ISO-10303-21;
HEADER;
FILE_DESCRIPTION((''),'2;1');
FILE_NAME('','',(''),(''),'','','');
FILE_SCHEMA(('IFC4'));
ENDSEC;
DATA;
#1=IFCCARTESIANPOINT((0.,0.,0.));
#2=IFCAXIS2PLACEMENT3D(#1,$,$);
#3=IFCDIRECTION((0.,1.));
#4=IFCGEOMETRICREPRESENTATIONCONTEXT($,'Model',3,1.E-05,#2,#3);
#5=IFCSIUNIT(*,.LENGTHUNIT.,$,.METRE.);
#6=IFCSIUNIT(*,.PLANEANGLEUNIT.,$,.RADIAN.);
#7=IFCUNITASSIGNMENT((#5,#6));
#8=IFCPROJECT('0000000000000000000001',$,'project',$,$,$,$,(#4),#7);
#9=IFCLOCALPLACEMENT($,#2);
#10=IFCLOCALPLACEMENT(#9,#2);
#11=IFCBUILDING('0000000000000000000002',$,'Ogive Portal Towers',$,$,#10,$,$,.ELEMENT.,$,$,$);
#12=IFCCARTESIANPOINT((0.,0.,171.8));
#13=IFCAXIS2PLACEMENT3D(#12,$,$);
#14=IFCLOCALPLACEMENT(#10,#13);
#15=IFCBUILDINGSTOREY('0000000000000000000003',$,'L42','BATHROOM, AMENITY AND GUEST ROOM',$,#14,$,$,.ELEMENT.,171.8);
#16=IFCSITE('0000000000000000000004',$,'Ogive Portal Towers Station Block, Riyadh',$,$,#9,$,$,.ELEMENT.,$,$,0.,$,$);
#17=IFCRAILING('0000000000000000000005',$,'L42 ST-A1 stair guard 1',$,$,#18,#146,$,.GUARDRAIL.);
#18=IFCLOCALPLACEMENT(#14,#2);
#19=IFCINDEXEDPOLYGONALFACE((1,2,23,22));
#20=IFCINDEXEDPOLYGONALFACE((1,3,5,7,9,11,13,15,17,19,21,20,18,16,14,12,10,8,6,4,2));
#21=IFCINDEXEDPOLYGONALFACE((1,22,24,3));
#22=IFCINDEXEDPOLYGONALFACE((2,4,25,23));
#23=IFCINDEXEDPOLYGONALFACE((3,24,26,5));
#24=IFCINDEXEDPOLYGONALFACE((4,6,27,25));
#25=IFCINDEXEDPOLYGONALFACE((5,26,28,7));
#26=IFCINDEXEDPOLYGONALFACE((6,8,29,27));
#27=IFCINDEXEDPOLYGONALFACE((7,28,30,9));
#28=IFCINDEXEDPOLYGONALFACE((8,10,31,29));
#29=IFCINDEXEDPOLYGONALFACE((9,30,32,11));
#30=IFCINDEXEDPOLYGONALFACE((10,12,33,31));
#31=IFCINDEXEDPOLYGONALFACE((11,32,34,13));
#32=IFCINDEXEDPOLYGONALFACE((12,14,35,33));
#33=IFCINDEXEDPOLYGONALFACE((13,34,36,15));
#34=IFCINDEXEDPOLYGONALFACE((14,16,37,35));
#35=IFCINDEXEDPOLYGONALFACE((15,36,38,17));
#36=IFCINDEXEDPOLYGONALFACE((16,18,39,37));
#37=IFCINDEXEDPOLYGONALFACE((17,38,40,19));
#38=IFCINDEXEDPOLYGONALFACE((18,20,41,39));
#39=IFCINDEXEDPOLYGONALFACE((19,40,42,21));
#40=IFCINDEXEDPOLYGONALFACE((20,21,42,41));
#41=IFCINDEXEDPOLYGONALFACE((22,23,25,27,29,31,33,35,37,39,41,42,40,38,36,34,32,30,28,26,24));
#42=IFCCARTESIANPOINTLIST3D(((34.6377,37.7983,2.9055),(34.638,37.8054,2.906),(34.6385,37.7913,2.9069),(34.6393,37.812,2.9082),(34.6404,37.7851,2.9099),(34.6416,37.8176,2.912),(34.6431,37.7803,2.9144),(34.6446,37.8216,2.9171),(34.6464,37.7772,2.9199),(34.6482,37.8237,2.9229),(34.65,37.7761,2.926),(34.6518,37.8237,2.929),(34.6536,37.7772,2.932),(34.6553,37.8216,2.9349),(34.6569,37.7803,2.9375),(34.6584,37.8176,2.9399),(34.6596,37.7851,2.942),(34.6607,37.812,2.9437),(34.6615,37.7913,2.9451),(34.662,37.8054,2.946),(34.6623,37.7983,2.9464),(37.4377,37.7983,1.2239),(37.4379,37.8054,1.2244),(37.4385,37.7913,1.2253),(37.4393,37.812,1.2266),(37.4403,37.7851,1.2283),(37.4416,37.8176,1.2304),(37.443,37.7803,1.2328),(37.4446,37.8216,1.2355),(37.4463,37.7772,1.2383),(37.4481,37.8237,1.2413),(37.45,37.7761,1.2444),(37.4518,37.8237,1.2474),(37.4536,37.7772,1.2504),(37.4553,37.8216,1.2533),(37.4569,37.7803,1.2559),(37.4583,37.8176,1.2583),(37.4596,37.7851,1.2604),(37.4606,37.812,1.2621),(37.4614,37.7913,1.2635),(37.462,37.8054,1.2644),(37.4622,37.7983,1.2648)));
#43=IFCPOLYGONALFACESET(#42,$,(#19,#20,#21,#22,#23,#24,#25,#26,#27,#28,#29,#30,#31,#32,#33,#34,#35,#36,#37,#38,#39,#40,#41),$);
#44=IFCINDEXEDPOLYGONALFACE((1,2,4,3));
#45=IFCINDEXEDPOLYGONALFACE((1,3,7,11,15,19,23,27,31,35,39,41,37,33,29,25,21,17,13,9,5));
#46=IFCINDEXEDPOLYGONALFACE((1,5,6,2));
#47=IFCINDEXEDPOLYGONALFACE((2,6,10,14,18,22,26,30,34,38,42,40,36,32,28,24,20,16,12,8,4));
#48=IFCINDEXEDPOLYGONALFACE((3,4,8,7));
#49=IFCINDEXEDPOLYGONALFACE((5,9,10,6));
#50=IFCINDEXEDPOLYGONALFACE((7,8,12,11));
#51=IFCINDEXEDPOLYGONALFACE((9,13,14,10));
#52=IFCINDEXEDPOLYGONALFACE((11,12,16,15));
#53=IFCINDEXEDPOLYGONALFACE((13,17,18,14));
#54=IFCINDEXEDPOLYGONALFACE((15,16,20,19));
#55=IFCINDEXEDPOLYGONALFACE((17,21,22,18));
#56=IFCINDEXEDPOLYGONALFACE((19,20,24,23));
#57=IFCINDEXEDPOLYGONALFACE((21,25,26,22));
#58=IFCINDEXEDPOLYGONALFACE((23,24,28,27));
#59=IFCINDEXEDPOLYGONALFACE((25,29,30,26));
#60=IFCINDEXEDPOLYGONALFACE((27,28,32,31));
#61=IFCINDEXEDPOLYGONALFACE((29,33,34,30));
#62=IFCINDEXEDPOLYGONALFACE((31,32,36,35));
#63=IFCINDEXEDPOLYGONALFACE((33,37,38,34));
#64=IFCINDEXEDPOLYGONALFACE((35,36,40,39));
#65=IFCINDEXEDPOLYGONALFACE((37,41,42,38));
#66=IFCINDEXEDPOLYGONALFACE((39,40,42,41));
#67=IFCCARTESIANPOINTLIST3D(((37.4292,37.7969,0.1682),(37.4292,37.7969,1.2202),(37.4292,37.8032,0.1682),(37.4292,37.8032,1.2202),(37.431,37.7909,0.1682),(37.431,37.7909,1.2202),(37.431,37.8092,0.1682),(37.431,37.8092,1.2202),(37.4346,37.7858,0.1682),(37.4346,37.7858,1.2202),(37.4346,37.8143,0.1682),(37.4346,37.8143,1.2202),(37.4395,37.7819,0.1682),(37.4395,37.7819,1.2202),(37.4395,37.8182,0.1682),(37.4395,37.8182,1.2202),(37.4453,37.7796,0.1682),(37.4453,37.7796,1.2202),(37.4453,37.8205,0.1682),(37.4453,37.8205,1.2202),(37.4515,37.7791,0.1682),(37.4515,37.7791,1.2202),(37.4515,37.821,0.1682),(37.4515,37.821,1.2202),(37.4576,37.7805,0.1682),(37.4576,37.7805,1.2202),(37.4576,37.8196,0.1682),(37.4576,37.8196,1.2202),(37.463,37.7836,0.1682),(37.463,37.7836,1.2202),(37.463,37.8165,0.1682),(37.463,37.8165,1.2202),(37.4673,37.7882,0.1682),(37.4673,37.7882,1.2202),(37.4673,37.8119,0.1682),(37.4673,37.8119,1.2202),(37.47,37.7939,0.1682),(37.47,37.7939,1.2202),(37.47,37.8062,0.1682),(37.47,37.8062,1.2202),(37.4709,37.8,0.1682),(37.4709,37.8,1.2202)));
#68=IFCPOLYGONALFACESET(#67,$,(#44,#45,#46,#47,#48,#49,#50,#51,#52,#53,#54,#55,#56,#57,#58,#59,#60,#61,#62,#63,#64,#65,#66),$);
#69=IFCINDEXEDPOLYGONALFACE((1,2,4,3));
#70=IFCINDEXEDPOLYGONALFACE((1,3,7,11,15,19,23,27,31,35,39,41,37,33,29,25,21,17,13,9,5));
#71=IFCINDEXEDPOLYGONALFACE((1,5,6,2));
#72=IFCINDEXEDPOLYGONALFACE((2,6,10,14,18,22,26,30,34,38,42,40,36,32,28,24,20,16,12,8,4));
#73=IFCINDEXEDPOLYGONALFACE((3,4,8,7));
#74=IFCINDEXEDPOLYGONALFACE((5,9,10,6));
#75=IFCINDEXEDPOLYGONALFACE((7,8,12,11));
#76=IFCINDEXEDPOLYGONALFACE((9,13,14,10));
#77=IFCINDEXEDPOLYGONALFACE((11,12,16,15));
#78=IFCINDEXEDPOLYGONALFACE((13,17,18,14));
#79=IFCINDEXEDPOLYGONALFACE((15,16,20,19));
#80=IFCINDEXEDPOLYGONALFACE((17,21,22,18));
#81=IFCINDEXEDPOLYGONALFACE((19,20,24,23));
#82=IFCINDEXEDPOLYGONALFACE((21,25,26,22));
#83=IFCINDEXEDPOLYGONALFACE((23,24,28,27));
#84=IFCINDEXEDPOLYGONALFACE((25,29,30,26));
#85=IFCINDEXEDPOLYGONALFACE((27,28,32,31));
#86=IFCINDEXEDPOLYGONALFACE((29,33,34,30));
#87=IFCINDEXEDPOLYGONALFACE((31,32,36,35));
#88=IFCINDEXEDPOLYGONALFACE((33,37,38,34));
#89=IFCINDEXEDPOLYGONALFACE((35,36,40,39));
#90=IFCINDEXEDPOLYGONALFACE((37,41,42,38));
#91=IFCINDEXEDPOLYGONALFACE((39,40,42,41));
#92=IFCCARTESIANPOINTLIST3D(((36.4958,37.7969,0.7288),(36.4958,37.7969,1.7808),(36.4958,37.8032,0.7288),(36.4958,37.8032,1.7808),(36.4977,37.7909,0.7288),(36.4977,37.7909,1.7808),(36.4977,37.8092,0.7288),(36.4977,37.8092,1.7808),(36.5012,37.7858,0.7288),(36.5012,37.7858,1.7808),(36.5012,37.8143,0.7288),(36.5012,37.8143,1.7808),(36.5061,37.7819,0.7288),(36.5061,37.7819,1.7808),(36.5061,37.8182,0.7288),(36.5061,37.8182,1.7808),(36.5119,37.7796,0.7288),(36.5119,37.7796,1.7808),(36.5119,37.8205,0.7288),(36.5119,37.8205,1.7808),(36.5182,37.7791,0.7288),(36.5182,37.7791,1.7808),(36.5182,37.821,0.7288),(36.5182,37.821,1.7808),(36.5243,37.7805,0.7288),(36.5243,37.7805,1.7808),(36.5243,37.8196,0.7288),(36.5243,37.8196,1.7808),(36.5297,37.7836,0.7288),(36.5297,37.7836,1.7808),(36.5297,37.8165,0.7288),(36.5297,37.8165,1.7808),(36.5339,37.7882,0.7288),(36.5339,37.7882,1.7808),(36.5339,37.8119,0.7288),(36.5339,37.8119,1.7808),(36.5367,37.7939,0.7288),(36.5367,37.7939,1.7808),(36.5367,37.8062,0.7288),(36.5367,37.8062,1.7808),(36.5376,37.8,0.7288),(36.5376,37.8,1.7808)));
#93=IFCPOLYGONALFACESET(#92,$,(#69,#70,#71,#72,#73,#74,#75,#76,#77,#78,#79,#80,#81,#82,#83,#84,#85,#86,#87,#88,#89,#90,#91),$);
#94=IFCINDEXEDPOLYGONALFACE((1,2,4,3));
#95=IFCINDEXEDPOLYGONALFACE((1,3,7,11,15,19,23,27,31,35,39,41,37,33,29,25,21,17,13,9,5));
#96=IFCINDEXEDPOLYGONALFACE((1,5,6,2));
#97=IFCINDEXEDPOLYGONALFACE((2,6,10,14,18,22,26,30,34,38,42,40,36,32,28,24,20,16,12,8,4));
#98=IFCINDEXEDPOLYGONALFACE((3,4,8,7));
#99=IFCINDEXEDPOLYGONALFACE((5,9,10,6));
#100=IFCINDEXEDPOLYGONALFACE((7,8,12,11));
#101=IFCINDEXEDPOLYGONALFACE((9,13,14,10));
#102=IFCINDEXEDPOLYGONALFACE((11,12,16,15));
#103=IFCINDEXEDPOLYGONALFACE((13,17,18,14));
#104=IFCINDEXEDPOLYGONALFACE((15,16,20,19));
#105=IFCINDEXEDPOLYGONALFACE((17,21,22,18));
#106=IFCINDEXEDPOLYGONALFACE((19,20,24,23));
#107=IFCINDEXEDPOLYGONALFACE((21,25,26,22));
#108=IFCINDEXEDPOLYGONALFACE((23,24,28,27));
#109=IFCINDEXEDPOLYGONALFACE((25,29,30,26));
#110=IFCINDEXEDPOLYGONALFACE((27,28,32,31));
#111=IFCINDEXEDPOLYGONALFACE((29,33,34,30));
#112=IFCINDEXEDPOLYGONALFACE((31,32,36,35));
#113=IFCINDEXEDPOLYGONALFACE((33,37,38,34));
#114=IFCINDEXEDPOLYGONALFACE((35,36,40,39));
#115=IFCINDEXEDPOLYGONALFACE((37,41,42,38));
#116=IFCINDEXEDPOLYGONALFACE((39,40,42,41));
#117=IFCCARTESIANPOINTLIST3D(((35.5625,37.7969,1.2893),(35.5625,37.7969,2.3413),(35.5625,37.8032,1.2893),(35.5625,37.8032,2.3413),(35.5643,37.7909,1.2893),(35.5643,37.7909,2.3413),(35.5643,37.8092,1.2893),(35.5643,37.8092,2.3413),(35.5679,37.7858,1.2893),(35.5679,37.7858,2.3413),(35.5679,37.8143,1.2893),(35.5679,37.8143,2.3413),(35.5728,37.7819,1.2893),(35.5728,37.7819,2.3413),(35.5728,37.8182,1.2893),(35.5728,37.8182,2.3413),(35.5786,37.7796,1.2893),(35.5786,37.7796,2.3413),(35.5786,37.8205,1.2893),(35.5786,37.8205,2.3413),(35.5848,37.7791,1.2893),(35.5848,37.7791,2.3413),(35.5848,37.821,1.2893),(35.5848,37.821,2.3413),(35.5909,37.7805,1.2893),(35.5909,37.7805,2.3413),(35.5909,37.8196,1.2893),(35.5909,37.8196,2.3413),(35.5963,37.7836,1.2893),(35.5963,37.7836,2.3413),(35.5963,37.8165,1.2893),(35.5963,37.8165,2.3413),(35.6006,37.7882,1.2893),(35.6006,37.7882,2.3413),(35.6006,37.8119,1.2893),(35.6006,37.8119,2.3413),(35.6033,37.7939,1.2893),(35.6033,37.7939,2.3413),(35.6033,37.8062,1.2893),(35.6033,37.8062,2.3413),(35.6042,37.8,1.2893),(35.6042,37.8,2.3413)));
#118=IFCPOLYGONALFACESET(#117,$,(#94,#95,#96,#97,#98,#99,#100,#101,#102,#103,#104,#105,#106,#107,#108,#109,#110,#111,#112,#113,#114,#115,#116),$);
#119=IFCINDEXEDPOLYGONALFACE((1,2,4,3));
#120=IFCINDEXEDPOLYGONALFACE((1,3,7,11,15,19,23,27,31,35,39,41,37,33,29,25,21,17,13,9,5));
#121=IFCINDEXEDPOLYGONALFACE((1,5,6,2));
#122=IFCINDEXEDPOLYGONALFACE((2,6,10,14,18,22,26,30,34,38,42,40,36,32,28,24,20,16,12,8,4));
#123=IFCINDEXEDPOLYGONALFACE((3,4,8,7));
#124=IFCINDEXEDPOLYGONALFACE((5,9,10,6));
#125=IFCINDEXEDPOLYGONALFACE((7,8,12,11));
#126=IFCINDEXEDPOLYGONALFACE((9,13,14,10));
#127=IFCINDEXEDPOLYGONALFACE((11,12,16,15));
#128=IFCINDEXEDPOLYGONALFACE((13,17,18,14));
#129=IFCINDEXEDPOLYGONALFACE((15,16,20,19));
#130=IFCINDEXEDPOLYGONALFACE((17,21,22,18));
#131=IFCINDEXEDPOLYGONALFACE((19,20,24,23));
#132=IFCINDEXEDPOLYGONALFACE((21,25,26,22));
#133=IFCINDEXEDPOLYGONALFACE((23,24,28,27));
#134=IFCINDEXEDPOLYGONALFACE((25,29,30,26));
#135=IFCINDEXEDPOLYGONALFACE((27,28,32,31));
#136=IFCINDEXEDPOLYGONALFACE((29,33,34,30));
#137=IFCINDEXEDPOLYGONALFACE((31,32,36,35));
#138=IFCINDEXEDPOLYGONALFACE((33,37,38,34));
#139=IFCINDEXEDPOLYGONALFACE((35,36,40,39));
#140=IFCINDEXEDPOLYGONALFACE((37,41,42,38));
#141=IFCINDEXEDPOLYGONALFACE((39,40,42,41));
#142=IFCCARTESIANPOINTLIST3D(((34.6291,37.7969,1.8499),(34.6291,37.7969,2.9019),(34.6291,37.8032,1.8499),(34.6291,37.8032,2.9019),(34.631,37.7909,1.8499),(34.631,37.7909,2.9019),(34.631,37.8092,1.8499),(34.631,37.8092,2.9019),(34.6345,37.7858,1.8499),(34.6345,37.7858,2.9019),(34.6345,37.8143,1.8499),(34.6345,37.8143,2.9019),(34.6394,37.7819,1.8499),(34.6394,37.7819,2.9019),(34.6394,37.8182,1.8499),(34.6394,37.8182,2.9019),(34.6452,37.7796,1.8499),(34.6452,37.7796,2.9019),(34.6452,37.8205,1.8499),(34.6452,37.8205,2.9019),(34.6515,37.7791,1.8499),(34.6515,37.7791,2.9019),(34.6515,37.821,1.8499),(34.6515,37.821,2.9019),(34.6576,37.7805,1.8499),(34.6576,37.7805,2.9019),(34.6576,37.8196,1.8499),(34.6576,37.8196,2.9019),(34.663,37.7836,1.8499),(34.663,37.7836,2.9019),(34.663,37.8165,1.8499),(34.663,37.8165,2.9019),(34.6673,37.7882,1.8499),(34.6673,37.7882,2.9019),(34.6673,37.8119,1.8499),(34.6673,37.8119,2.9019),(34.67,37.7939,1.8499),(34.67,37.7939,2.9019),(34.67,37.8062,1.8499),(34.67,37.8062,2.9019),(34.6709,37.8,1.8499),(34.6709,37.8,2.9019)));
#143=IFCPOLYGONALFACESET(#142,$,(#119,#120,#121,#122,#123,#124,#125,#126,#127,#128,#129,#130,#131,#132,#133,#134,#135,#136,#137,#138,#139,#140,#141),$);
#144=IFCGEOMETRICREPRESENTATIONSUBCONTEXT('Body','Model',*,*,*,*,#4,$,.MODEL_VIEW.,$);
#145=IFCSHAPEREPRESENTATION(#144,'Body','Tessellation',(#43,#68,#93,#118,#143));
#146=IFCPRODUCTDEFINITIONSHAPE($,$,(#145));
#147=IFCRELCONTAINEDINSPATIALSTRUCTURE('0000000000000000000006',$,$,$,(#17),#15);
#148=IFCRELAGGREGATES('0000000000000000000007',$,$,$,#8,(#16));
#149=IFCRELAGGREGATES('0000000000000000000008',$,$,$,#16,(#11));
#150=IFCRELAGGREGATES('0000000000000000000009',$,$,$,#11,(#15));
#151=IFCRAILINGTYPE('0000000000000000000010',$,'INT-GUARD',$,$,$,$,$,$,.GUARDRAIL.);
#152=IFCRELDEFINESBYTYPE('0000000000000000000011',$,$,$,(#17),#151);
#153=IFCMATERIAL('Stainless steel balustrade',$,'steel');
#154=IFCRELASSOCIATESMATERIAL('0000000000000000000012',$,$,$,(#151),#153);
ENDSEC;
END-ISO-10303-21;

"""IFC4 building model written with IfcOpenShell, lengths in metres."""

from ifc_helpers import new_model, si_unit, direction, frame, origin, origin_2d, place, context, subcontext, project, spatial, circle, extrude, material, type_object, element, save


model = new_model("IFC4")

# Units and contexts
model_context = context("Model", 3, precision=1e-05, world=origin(), true_north=direction((0.0, 1.0)))
body_context = subcontext(model_context, "Body", "Model", "MODEL_VIEW")
ifc_project = project(units=[si_unit("LENGTHUNIT", "METRE"), si_unit("PLANEANGLEUNIT", "RADIAN")], contexts=[model_context])

# Site, building, storey
site_placement = place(None, origin())
site = spatial("IfcSite", under=ifc_project, at=site_placement, Name="Ogive Portal Towers Station Block, Riyadh", CompositionType="ELEMENT", RefElevation=0.0)
building_placement = place(site_placement, origin())
building = spatial("IfcBuilding", under=site, at=building_placement, Name="Ogive Portal Towers", CompositionType="ELEMENT")
storey_placement = place(building_placement, frame((0.0, 0.0, 171.8)))
storey = spatial("IfcBuildingStorey", under=building, at=storey_placement, Name="L42", Description="BATHROOM, AMENITY AND GUEST ROOM", CompositionType="ELEMENT", Elevation=171.8)

# Railing
ifc_material_1 = material(Name="Stainless steel balustrade", Category="steel")
railing_type_1 = type_object("IfcRailingType", Name="INT-GUARD", PredefinedType="GUARDRAIL", material=ifc_material_1)
railing_1_placement = place(storey_placement, frame((37.45, 37.8, 0.1682)))
element("IfcRailing", 1, at=railing_1_placement, inside=storey, type_object=railing_type_1, Name="L42 ST-A1 stair guard 1", PredefinedType="GUARDRAIL", context=body_context, shape_type="SweptSolid", body=[
    extrude(circle(Radius=0.0239, at=origin_2d()), frame((0.0, 0.0, 1.0762), z_axis=(-0.857275, 0.0, 0.514858), x_axis=(0.0, -1.0, 0.0)), (0.0, 0.0, 1.0), 3.2661),
    extrude(circle(Radius=0.021, at=origin_2d()), origin(), (0.0, 0.0, 1.0), 1.052),
    extrude(circle(Radius=0.021, at=origin_2d()), frame((-0.9333, 0.0, 0.5605)), (0.0, 0.0, 1.0), 1.052),
    extrude(circle(Radius=0.021, at=origin_2d()), frame((-1.8667, 0.0, 1.1211)), (0.0, 0.0, 1.0), 1.052),
    extrude(circle(Radius=0.021, at=origin_2d()), frame((-2.8, 0.0, 1.6816)), (0.0, 0.0, 1.0), 1.052),
])

save(model, "model.ifc")
